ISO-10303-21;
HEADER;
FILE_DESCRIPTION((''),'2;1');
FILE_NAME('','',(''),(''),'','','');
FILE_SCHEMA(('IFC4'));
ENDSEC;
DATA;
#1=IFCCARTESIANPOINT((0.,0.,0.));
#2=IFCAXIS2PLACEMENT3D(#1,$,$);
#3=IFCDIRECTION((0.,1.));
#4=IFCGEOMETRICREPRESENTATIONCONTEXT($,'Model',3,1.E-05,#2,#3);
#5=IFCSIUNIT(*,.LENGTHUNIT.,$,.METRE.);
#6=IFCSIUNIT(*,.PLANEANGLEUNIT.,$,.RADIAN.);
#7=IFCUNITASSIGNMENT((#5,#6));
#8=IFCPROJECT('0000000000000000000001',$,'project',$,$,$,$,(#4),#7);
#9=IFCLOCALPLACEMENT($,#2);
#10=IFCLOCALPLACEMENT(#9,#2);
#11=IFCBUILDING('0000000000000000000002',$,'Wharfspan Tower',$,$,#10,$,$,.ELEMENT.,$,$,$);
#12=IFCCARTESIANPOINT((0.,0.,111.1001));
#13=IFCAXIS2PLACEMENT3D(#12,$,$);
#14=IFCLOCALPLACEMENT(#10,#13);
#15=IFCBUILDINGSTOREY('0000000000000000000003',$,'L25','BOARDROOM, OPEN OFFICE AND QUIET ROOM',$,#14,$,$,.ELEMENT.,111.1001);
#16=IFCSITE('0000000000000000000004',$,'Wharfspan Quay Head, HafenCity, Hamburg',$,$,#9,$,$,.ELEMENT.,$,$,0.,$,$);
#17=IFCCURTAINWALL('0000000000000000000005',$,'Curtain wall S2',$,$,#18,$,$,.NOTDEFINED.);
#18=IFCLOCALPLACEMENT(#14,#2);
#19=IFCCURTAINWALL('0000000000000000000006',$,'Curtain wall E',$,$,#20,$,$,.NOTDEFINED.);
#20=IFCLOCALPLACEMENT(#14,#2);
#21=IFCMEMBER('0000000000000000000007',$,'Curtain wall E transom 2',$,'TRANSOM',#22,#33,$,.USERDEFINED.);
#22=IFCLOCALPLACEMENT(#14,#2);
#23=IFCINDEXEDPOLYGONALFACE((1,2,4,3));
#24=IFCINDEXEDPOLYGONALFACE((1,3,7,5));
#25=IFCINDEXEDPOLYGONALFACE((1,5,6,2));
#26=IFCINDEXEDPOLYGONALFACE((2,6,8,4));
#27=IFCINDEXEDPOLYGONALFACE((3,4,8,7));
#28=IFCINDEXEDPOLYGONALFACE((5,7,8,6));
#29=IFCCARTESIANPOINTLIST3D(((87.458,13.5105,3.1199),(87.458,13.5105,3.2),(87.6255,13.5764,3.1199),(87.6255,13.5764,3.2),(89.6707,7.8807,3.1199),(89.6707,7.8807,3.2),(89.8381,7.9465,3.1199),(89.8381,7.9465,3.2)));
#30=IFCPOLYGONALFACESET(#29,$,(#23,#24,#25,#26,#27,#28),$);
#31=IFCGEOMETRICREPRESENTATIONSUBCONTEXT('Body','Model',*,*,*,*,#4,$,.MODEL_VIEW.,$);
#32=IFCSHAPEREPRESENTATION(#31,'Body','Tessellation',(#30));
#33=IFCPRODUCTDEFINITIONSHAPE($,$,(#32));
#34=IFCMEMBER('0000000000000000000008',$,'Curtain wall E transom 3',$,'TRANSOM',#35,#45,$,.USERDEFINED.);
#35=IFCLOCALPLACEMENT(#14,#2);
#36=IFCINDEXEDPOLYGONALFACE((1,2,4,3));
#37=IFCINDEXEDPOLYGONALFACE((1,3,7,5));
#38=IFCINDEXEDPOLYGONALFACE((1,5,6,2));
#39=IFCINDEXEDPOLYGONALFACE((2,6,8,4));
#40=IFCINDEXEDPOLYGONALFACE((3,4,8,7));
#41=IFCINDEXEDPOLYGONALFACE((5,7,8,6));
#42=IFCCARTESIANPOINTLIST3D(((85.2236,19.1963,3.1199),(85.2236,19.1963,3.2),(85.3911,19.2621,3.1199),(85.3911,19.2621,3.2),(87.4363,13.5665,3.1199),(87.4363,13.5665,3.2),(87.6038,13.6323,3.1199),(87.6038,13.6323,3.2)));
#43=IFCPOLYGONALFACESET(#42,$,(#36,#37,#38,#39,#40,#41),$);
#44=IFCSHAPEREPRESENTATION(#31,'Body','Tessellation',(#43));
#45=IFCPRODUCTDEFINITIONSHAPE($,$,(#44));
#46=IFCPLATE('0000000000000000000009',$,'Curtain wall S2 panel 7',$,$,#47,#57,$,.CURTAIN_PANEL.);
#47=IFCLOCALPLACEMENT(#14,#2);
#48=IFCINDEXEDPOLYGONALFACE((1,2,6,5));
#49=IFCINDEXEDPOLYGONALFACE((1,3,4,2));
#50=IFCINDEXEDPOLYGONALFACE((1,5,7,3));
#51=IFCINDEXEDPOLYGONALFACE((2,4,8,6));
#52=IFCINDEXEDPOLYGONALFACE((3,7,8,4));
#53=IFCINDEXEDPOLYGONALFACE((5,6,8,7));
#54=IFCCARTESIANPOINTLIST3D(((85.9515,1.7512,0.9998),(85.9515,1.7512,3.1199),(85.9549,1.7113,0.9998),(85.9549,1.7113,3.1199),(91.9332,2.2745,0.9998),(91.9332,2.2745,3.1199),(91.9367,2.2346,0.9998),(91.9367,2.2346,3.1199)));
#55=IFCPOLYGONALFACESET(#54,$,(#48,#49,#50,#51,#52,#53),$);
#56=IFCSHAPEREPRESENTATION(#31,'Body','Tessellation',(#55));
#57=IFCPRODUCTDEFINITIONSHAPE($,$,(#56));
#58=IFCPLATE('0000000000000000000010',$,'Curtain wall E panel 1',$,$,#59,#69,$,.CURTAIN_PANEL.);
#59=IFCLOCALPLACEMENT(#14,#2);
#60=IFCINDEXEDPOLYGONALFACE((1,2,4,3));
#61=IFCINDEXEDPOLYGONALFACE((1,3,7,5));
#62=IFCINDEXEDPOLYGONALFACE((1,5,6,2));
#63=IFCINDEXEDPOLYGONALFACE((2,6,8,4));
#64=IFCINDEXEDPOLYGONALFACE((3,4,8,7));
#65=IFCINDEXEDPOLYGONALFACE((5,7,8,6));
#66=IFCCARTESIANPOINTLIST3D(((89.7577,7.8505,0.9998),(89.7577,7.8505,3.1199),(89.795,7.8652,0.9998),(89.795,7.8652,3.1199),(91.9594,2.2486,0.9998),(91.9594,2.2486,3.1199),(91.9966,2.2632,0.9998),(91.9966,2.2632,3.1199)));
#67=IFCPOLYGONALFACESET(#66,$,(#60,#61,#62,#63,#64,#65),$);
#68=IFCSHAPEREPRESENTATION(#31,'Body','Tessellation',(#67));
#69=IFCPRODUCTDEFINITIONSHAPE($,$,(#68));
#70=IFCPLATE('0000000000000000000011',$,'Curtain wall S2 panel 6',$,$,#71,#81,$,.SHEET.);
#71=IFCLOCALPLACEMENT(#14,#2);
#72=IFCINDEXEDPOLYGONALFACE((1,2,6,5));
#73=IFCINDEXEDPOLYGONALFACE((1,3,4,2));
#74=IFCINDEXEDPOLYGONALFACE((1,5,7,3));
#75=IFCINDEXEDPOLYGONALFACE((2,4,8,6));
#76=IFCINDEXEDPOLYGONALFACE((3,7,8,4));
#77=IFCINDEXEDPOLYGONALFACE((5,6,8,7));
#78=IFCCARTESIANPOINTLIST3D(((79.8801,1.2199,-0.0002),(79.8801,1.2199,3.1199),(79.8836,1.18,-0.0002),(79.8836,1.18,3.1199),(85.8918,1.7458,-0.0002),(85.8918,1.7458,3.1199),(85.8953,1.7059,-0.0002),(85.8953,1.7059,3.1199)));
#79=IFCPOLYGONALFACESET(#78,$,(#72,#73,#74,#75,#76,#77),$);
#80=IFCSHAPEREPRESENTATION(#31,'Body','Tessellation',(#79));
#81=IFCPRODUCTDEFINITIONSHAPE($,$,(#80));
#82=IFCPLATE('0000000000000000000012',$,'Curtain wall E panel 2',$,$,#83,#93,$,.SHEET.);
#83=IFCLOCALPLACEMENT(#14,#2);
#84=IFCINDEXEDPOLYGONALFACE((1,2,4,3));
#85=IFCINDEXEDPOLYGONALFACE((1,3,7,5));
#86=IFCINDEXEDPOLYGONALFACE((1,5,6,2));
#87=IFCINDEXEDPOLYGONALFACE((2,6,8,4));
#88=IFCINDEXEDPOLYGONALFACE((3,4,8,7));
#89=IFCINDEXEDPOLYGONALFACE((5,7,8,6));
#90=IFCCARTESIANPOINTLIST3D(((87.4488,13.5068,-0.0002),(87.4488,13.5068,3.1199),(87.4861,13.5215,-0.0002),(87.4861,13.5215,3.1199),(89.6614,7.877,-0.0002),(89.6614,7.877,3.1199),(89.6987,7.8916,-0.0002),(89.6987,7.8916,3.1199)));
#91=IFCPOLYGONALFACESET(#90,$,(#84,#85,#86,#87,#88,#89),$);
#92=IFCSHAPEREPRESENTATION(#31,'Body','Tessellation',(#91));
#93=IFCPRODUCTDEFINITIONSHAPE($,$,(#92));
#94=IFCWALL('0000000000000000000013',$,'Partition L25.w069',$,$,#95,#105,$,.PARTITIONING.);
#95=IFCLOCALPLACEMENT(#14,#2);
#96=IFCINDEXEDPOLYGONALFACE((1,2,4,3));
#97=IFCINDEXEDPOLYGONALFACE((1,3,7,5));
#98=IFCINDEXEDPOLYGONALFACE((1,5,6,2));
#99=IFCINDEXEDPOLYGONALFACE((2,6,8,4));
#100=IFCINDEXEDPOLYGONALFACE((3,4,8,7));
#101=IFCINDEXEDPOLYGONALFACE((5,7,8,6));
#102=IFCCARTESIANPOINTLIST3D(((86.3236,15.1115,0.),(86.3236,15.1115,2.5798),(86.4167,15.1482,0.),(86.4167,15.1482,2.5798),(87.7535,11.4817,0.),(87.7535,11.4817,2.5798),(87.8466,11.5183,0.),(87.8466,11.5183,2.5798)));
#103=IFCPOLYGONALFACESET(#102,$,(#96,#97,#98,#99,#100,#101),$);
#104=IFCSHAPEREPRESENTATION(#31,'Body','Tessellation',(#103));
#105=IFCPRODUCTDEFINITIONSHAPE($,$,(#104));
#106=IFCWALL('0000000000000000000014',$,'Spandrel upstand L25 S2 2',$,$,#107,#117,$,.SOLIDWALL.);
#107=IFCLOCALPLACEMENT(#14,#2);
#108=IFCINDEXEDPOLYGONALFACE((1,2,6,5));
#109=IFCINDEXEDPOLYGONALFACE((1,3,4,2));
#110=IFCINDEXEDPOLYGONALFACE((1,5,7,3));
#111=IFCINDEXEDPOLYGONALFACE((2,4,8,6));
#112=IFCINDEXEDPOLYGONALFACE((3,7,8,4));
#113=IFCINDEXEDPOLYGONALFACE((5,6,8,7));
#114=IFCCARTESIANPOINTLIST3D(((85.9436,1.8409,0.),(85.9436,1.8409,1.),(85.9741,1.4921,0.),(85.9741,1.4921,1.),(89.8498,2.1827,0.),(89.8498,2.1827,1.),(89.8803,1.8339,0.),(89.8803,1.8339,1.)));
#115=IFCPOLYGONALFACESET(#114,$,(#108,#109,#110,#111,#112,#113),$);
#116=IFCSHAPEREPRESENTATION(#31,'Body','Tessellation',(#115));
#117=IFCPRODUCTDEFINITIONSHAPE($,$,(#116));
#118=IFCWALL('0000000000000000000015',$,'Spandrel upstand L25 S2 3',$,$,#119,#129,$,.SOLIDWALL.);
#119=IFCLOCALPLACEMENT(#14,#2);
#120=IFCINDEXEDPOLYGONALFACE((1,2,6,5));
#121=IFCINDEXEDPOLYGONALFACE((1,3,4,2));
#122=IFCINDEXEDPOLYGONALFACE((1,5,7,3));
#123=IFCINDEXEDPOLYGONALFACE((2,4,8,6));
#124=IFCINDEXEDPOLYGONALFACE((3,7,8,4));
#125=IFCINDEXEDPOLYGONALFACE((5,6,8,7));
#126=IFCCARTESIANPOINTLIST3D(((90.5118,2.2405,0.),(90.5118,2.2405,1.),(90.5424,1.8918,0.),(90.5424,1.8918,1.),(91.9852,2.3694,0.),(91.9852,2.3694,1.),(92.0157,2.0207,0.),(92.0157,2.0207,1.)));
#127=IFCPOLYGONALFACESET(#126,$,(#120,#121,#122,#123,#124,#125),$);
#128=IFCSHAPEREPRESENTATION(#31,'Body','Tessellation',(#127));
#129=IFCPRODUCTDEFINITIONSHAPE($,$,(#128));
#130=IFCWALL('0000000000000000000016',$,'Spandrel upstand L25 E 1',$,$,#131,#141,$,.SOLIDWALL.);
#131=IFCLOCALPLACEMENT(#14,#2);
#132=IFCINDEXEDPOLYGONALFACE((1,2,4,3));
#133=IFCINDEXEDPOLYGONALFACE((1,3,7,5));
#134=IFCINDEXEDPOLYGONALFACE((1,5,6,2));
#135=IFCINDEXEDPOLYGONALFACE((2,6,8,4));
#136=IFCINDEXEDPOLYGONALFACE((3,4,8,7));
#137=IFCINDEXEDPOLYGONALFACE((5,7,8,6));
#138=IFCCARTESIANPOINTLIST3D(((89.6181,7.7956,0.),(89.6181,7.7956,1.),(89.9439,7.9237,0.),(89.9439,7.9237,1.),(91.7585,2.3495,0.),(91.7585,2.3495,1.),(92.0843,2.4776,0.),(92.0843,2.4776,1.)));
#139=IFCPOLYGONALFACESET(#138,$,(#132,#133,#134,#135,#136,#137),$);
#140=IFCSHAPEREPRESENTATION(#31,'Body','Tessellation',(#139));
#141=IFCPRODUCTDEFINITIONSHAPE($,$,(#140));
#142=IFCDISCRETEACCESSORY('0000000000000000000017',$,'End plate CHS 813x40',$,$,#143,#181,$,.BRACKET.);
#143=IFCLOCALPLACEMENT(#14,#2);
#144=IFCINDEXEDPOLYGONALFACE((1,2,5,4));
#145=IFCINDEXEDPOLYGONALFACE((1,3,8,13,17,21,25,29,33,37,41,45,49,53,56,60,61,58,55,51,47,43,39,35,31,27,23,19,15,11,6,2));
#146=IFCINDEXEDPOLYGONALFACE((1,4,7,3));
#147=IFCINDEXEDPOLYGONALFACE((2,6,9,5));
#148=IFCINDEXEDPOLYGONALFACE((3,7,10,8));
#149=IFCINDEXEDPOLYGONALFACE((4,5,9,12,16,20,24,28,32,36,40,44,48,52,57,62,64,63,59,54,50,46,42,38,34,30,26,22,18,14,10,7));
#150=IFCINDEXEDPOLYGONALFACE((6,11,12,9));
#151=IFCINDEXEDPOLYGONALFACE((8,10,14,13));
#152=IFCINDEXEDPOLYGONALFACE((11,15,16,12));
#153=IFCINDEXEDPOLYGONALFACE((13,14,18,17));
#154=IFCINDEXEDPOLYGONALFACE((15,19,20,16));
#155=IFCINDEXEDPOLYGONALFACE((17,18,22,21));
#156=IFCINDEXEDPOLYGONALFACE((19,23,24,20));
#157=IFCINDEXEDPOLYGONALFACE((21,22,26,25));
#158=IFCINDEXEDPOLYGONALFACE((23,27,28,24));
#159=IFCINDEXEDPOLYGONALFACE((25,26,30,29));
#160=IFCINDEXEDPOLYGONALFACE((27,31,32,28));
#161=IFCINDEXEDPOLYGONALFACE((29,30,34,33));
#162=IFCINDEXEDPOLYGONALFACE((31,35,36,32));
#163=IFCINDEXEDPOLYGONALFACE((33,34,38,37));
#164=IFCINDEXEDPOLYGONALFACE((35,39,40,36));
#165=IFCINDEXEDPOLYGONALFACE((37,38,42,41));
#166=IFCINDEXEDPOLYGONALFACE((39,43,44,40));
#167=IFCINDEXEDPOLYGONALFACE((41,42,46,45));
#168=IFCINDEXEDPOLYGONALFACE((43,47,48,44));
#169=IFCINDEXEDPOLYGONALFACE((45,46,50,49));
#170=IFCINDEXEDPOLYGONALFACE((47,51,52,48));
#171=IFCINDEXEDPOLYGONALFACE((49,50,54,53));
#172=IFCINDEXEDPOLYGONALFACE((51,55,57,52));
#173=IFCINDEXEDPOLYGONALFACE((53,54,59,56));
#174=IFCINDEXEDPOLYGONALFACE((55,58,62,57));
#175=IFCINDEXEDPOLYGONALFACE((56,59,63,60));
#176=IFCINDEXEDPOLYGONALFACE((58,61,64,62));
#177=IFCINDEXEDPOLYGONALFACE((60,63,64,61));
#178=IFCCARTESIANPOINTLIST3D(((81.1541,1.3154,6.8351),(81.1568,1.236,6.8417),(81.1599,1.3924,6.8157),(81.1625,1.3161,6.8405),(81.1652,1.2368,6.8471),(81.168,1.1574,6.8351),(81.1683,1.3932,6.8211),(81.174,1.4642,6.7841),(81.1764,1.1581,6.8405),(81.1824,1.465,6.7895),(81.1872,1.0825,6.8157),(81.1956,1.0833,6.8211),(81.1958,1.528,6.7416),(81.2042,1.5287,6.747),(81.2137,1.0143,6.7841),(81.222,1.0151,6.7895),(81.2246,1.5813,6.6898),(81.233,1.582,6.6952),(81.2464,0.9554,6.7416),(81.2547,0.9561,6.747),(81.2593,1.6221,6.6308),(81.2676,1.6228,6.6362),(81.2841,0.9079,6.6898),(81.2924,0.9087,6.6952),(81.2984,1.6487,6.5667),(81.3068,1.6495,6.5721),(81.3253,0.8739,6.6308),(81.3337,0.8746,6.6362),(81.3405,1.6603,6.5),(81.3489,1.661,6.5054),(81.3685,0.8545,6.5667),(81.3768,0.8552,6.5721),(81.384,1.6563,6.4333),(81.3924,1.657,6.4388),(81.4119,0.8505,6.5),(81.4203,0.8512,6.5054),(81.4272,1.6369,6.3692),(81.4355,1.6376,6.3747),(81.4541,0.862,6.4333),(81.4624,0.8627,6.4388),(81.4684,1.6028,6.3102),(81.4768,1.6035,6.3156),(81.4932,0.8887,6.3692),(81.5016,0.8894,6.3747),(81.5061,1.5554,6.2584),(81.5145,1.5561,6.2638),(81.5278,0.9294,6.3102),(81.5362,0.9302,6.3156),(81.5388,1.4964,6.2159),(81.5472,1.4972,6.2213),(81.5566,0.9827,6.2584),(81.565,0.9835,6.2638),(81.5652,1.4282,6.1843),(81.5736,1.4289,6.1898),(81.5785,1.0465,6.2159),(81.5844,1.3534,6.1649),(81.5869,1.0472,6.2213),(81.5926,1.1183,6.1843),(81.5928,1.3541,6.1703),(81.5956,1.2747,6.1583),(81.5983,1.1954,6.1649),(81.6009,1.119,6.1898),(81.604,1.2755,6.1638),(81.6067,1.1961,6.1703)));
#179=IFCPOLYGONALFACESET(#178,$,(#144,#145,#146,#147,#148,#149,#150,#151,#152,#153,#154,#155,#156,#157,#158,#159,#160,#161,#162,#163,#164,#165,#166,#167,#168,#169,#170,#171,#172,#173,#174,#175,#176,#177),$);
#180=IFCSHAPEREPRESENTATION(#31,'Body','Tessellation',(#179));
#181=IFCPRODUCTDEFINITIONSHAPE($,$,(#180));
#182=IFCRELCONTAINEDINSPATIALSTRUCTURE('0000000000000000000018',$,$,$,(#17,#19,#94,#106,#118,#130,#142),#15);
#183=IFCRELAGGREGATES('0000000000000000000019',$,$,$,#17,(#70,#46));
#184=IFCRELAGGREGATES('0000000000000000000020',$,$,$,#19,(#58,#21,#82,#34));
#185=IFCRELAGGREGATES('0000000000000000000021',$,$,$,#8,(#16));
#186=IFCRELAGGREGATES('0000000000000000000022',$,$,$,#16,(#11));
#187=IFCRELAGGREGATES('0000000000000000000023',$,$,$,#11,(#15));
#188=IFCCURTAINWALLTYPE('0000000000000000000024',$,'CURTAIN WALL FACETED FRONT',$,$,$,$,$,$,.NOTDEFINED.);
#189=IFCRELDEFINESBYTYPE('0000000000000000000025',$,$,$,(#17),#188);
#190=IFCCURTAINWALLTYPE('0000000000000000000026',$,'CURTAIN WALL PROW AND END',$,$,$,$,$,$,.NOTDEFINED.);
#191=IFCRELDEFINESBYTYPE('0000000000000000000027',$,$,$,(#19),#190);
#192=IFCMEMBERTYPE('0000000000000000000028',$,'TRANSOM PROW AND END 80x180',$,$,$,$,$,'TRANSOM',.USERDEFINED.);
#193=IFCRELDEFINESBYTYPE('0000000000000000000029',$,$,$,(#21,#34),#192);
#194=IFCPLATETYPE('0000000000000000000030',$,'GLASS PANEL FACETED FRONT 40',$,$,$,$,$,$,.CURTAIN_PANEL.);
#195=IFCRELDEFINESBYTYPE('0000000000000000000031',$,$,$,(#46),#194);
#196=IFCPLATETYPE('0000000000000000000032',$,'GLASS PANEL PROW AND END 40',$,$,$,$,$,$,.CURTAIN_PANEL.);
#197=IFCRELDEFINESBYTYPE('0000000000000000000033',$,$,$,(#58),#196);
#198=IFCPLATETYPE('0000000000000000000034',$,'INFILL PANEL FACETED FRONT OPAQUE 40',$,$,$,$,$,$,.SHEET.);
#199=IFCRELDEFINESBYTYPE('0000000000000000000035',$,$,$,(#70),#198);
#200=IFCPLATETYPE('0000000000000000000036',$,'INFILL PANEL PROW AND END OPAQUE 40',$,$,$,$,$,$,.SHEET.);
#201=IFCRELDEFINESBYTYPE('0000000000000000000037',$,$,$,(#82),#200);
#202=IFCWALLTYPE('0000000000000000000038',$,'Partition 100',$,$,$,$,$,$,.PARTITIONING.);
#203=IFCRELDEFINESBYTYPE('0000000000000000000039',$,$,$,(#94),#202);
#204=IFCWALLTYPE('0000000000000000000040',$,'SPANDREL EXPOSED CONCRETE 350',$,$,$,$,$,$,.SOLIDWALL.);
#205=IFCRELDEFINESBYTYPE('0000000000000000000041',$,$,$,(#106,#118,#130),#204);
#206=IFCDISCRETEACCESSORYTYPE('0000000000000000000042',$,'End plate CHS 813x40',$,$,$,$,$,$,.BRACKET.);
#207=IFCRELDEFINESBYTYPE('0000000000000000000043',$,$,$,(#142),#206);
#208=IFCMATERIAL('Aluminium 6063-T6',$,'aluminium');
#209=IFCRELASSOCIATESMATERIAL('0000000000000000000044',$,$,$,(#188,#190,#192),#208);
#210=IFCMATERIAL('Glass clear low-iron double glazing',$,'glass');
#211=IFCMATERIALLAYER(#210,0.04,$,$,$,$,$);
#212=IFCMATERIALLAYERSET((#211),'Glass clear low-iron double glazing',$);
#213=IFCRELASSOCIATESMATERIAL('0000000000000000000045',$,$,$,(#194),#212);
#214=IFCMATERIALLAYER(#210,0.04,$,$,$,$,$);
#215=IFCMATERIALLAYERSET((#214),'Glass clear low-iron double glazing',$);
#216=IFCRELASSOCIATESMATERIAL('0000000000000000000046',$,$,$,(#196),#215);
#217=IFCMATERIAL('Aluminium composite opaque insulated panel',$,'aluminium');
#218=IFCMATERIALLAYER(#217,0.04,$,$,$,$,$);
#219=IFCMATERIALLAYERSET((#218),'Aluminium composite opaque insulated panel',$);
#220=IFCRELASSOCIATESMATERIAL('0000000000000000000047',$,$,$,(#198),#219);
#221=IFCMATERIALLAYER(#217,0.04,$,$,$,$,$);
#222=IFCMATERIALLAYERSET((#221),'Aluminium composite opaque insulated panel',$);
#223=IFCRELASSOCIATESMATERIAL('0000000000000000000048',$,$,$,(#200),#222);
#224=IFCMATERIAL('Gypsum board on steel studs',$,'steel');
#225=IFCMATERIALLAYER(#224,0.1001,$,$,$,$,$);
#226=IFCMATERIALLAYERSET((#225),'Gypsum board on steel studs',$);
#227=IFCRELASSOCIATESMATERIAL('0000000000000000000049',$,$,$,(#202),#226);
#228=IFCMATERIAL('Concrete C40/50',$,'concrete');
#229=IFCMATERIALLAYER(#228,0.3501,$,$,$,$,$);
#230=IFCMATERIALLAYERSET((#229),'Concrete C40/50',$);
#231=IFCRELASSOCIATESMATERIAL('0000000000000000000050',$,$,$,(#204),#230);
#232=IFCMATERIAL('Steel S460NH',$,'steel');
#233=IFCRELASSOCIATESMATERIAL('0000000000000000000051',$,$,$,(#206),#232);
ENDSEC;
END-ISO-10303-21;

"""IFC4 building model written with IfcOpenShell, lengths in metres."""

from ifc_helpers import new_model, si_unit, direction, frame, frame_2d, origin, origin_2d, place, context, subcontext, project, spatial, rectangle, circle, extrude, material, layer, layer_set, material_profile, profile_set, type_object, element, aggregate, save


model = new_model("IFC4")

# Units and contexts
model_context = context("Model", 3, precision=1e-05, world=origin(), true_north=direction((0.0, 1.0)))
body_context = subcontext(model_context, "Body", "Model", "MODEL_VIEW")
ifc_project = project(units=[si_unit("LENGTHUNIT", "METRE"), si_unit("PLANEANGLEUNIT", "RADIAN")], contexts=[model_context])

# Site, building, storey
site_placement = place(None, origin())
site = spatial("IfcSite", under=ifc_project, at=site_placement, Name="Wharfspan Quay Head, HafenCity, Hamburg", CompositionType="ELEMENT", RefElevation=0.0)
building_placement = place(site_placement, origin())
building = spatial("IfcBuilding", under=site, at=building_placement, Name="Wharfspan Tower", CompositionType="ELEMENT")
storey_placement = place(building_placement, frame((0.0, 0.0, 111.1001)))
storey = spatial("IfcBuildingStorey", under=building, at=storey_placement, Name="L25", Description="BOARDROOM, OPEN OFFICE AND QUIET ROOM", CompositionType="ELEMENT", Elevation=111.1001)

# Curtain walls
ifc_material_1 = material(Name="Aluminium 6063-T6", Category="aluminium")
curtain_wall_type_1 = type_object("IfcCurtainWallType", Name="CURTAIN WALL FACETED FRONT", PredefinedType="NOTDEFINED", material=ifc_material_1)
curtain_wall_1_placement = place(storey_placement, origin())
curtain_wall_1 = element("IfcCurtainWall", 1, at=curtain_wall_1_placement, inside=storey, type_object=curtain_wall_type_1, Name="Curtain wall S2", PredefinedType="NOTDEFINED")
curtain_wall_type_2 = type_object("IfcCurtainWallType", Name="CURTAIN WALL PROW AND END", PredefinedType="NOTDEFINED", material=ifc_material_1)
curtain_wall_2_placement = place(storey_placement, origin())
curtain_wall_2 = element("IfcCurtainWall", 2, at=curtain_wall_2_placement, inside=storey, type_object=curtain_wall_type_2, Name="Curtain wall E", PredefinedType="NOTDEFINED")

# Members
ifc_material_profile_1 = material_profile(ifc_material_1, rectangle(XDim=0.1799, YDim=0.0801, at=origin_2d()))
ifc_profile_set_1 = profile_set([ifc_material_profile_1], Name="Aluminium 6063-T6")
member_type_1 = type_object("IfcMemberType", Name="TRANSOM PROW AND END 80x180", ElementType="TRANSOM", PredefinedType="USERDEFINED", material=ifc_profile_set_1)
member_1_placement = place(storey_placement, frame((89.7544, 7.9136, 3.1599), z_axis=(-0.365782, 0.9307, 0.0), x_axis=(-0.9307, -0.365782, 0.0)))
member_1 = element("IfcMember", 3, at=member_1_placement, type_object=member_type_1, Name="Curtain wall E transom 2", ObjectType="TRANSOM", PredefinedType="USERDEFINED", context=body_context, shape_type="SweptSolid", body=[
    extrude(rectangle(XDim=0.1799, YDim=0.0801, at=origin_2d()), origin(), (0.0, 0.0, 1.0), 6.0491),
])
member_2_placement = place(storey_placement, frame((87.52, 13.5994, 3.1599), z_axis=(-0.365782, 0.9307, 0.0), x_axis=(-0.9307, -0.365782, 0.0)))
member_2 = element("IfcMember", 4, at=member_2_placement, type_object=member_type_1, Name="Curtain wall E transom 3", ObjectType="TRANSOM", PredefinedType="USERDEFINED", context=body_context, shape_type="SweptSolid", body=[
    extrude(rectangle(XDim=0.1799, YDim=0.0801, at=origin_2d()), origin(), (0.0, 0.0, 1.0), 6.0491),
])

# Plates
ifc_material_2 = material(Name="Glass clear low-iron double glazing", Category="glass")
ifc_layer_1 = layer(ifc_material_2, 0.04)
ifc_layer_set_1 = layer_set([ifc_layer_1], Name="Glass clear low-iron double glazing")
plate_type_1 = type_object("IfcPlateType", Name="GLASS PANEL FACETED FRONT 40", PredefinedType="CURTAIN_PANEL", material=ifc_layer_set_1)
plate_1_placement = place(storey_placement, frame((88.9441, 1.9929, 0.9998), z_axis=(0.0, 0.0, 1.0), x_axis=(0.996198, 0.087156, 0.0)))
plate_1 = element("IfcPlate", 5, at=plate_1_placement, type_object=plate_type_1, Name="Curtain wall S2 panel 7", PredefinedType="CURTAIN_PANEL", context=body_context, shape_type="SweptSolid", body=[
    extrude(rectangle(XDim=6.0046, YDim=0.04, at=origin_2d()), origin(), (0.0, 0.0, 1.0), 2.1201),
])
ifc_layer_2 = layer(ifc_material_2, 0.04)
ifc_layer_set_2 = layer_set([ifc_layer_2], Name="Glass clear low-iron double glazing")
plate_type_2 = type_object("IfcPlateType", Name="GLASS PANEL PROW AND END 40", PredefinedType="CURTAIN_PANEL", material=ifc_layer_set_2)
plate_2_placement = place(storey_placement, frame((90.8772, 5.0569, 0.9998), z_axis=(0.0, 0.0, 1.0), x_axis=(-0.365778, 0.930702, 0.0)))
plate_2 = element("IfcPlate", 6, at=plate_2_placement, type_object=plate_type_2, Name="Curtain wall E panel 1", PredefinedType="CURTAIN_PANEL", context=body_context, shape_type="SweptSolid", body=[
    extrude(rectangle(XDim=6.019, YDim=0.04, at=origin_2d()), origin(), (0.0, 0.0, 1.0), 2.1201),
])
ifc_material_3 = material(Name="Aluminium composite opaque insulated panel", Category="aluminium")
ifc_layer_3 = layer(ifc_material_3, 0.04)
ifc_layer_set_3 = layer_set([ifc_layer_3], Name="Aluminium composite opaque insulated panel")
plate_type_3 = type_object("IfcPlateType", Name="INFILL PANEL FACETED FRONT OPAQUE 40", PredefinedType="SHEET", material=ifc_layer_set_3)
plate_3_placement = place(storey_placement, frame((82.8877, 1.4629, -0.0002), z_axis=(0.0, 0.0, 1.0), x_axis=(0.996198, 0.087156, 0.0)))
plate_3 = element("IfcPlate", 7, at=plate_3_placement, type_object=plate_type_3, Name="Curtain wall S2 panel 6", PredefinedType="SHEET", context=body_context, shape_type="SweptSolid", body=[
    extrude(rectangle(XDim=6.0347, YDim=0.04, at=origin_2d()), origin(), (0.0, 0.0, 1.0), 3.1201),
])
aggregate(curtain_wall_1, [plate_3, plate_1])
ifc_layer_4 = layer(ifc_material_3, 0.04)
ifc_layer_set_4 = layer_set([ifc_layer_4], Name="Aluminium composite opaque insulated panel")
plate_type_4 = type_object("IfcPlateType", Name="INFILL PANEL PROW AND END OPAQUE 40", PredefinedType="SHEET", material=ifc_layer_set_4)
plate_4_placement = place(storey_placement, frame((88.5737, 10.6992, -0.0002), z_axis=(0.0, 0.0, 1.0), x_axis=(-0.365778, 0.930702, 0.0)))
plate_4 = element("IfcPlate", 8, at=plate_4_placement, type_object=plate_type_4, Name="Curtain wall E panel 2", PredefinedType="SHEET", context=body_context, shape_type="SweptSolid", body=[
    extrude(rectangle(XDim=6.0491, YDim=0.04, at=origin_2d()), origin(), (0.0, 0.0, 1.0), 3.1201),
])
aggregate(curtain_wall_2, [plate_2, member_1, plate_4, member_2])

# Walls
ifc_material_4 = material(Name="Gypsum board on steel studs", Category="steel")
ifc_layer_5 = layer(ifc_material_4, 0.1001)
ifc_layer_set_5 = layer_set([ifc_layer_5], Name="Gypsum board on steel studs")
wall_type_1 = type_object("IfcWallType", Name="Partition 100", PredefinedType="PARTITIONING", material=ifc_layer_set_5)
wall_1_placement = place(storey_placement, frame((87.8, 11.5, 0.0), z_axis=(0.0, 0.0, 1.0), x_axis=(-0.366521, 0.930414, 0.0)))
element("IfcWall", 9, at=wall_1_placement, inside=storey, type_object=wall_type_1, Name="Partition L25.w069", PredefinedType="PARTITIONING", context=body_context, shape_type="SweptSolid", body=[
    extrude(rectangle(XDim=3.9014, YDim=0.1001, at=frame_2d((1.9507, 0.0))), origin(), (0.0, 0.0, 1.0), 2.5798),
])
ifc_material_5 = material(Name="Concrete C40/50", Category="concrete")
ifc_layer_6 = layer(ifc_material_5, 0.3501)
ifc_layer_set_6 = layer_set([ifc_layer_6], Name="Concrete C40/50")
wall_type_2 = type_object("IfcWallType", Name="SPANDREL EXPOSED CONCRETE 350", PredefinedType="SOLIDWALL", material=ifc_layer_set_6)
wall_2_placement = place(storey_placement, frame((85.959, 1.6665, 0.0), z_axis=(0.0, 0.0, 1.0), x_axis=(0.996194, 0.087167, 0.0)))
element("IfcWall", 10, at=wall_2_placement, inside=storey, type_object=wall_type_2, Name="Spandrel upstand L25 S2 2", PredefinedType="SOLIDWALL", context=body_context, shape_type="SweptSolid", body=[
    extrude(rectangle(XDim=3.9211, YDim=0.3501, at=frame_2d((1.9604, 0.0))), origin(), (0.0, 0.0, 1.0), 1.0),
])
wall_3_placement = place(storey_placement, frame((90.5271, 2.0662, 0.0), z_axis=(0.0, 0.0, 1.0), x_axis=(0.996198, 0.087157, 0.0)))
element("IfcWall", 11, at=wall_3_placement, inside=storey, type_object=wall_type_2, Name="Spandrel upstand L25 S2 3", PredefinedType="SOLIDWALL", context=body_context, shape_type="SweptSolid", body=[
    extrude(rectangle(XDim=1.479, YDim=0.3501, at=frame_2d((0.7395, 0.0))), origin(), (0.0, 0.0, 1.0), 1.0),
])
wall_4_placement = place(storey_placement, frame((91.9214, 2.4136, 0.0), z_axis=(0.0, 0.0, 1.0), x_axis=(-0.36578, 0.930701, 0.0)))
element("IfcWall", 12, at=wall_4_placement, inside=storey, type_object=wall_type_2, Name="Spandrel upstand L25 E 1", PredefinedType="SOLIDWALL", context=body_context, shape_type="SweptSolid", body=[
    extrude(rectangle(XDim=5.8516, YDim=0.3501, at=frame_2d((2.9258, 0.0))), origin(), (0.0, 0.0, 1.0), 1.0),
])

# Discrete accessory
ifc_material_6 = material(Name="Steel S460NH", Category="steel")
ifc_material_profile_2 = material_profile(ifc_material_6, circle(Radius=0.4065, at=origin_2d()))
ifc_profile_set_2 = profile_set([ifc_material_profile_2], Name="Steel S460NH")
discrete_accessory_type = type_object("IfcDiscreteAccessoryType", Name="End plate CHS 813x40", PredefinedType="BRACKET", material=ifc_profile_set_2)
for number, where, z_axis, x_axis, name in (
    (13, (81.3762, 1.2554, 6.5), (0.837276, 0.073877, 0.541767), (-0.087893, 0.996132, -0.000001), "End plate CHS 813x40"),
):
    element("IfcDiscreteAccessory", number, at=place(storey_placement, frame(where, z_axis=z_axis, x_axis=x_axis)), inside=storey, type_object=discrete_accessory_type, Name=name, PredefinedType="BRACKET", context=body_context, shape_type="SweptSolid", body=[
        extrude(circle(Radius=0.4065, at=origin_2d()), origin(), (0.0, 0.0, 1.0), 0.01),
    ])

save(model, "model.ifc")
